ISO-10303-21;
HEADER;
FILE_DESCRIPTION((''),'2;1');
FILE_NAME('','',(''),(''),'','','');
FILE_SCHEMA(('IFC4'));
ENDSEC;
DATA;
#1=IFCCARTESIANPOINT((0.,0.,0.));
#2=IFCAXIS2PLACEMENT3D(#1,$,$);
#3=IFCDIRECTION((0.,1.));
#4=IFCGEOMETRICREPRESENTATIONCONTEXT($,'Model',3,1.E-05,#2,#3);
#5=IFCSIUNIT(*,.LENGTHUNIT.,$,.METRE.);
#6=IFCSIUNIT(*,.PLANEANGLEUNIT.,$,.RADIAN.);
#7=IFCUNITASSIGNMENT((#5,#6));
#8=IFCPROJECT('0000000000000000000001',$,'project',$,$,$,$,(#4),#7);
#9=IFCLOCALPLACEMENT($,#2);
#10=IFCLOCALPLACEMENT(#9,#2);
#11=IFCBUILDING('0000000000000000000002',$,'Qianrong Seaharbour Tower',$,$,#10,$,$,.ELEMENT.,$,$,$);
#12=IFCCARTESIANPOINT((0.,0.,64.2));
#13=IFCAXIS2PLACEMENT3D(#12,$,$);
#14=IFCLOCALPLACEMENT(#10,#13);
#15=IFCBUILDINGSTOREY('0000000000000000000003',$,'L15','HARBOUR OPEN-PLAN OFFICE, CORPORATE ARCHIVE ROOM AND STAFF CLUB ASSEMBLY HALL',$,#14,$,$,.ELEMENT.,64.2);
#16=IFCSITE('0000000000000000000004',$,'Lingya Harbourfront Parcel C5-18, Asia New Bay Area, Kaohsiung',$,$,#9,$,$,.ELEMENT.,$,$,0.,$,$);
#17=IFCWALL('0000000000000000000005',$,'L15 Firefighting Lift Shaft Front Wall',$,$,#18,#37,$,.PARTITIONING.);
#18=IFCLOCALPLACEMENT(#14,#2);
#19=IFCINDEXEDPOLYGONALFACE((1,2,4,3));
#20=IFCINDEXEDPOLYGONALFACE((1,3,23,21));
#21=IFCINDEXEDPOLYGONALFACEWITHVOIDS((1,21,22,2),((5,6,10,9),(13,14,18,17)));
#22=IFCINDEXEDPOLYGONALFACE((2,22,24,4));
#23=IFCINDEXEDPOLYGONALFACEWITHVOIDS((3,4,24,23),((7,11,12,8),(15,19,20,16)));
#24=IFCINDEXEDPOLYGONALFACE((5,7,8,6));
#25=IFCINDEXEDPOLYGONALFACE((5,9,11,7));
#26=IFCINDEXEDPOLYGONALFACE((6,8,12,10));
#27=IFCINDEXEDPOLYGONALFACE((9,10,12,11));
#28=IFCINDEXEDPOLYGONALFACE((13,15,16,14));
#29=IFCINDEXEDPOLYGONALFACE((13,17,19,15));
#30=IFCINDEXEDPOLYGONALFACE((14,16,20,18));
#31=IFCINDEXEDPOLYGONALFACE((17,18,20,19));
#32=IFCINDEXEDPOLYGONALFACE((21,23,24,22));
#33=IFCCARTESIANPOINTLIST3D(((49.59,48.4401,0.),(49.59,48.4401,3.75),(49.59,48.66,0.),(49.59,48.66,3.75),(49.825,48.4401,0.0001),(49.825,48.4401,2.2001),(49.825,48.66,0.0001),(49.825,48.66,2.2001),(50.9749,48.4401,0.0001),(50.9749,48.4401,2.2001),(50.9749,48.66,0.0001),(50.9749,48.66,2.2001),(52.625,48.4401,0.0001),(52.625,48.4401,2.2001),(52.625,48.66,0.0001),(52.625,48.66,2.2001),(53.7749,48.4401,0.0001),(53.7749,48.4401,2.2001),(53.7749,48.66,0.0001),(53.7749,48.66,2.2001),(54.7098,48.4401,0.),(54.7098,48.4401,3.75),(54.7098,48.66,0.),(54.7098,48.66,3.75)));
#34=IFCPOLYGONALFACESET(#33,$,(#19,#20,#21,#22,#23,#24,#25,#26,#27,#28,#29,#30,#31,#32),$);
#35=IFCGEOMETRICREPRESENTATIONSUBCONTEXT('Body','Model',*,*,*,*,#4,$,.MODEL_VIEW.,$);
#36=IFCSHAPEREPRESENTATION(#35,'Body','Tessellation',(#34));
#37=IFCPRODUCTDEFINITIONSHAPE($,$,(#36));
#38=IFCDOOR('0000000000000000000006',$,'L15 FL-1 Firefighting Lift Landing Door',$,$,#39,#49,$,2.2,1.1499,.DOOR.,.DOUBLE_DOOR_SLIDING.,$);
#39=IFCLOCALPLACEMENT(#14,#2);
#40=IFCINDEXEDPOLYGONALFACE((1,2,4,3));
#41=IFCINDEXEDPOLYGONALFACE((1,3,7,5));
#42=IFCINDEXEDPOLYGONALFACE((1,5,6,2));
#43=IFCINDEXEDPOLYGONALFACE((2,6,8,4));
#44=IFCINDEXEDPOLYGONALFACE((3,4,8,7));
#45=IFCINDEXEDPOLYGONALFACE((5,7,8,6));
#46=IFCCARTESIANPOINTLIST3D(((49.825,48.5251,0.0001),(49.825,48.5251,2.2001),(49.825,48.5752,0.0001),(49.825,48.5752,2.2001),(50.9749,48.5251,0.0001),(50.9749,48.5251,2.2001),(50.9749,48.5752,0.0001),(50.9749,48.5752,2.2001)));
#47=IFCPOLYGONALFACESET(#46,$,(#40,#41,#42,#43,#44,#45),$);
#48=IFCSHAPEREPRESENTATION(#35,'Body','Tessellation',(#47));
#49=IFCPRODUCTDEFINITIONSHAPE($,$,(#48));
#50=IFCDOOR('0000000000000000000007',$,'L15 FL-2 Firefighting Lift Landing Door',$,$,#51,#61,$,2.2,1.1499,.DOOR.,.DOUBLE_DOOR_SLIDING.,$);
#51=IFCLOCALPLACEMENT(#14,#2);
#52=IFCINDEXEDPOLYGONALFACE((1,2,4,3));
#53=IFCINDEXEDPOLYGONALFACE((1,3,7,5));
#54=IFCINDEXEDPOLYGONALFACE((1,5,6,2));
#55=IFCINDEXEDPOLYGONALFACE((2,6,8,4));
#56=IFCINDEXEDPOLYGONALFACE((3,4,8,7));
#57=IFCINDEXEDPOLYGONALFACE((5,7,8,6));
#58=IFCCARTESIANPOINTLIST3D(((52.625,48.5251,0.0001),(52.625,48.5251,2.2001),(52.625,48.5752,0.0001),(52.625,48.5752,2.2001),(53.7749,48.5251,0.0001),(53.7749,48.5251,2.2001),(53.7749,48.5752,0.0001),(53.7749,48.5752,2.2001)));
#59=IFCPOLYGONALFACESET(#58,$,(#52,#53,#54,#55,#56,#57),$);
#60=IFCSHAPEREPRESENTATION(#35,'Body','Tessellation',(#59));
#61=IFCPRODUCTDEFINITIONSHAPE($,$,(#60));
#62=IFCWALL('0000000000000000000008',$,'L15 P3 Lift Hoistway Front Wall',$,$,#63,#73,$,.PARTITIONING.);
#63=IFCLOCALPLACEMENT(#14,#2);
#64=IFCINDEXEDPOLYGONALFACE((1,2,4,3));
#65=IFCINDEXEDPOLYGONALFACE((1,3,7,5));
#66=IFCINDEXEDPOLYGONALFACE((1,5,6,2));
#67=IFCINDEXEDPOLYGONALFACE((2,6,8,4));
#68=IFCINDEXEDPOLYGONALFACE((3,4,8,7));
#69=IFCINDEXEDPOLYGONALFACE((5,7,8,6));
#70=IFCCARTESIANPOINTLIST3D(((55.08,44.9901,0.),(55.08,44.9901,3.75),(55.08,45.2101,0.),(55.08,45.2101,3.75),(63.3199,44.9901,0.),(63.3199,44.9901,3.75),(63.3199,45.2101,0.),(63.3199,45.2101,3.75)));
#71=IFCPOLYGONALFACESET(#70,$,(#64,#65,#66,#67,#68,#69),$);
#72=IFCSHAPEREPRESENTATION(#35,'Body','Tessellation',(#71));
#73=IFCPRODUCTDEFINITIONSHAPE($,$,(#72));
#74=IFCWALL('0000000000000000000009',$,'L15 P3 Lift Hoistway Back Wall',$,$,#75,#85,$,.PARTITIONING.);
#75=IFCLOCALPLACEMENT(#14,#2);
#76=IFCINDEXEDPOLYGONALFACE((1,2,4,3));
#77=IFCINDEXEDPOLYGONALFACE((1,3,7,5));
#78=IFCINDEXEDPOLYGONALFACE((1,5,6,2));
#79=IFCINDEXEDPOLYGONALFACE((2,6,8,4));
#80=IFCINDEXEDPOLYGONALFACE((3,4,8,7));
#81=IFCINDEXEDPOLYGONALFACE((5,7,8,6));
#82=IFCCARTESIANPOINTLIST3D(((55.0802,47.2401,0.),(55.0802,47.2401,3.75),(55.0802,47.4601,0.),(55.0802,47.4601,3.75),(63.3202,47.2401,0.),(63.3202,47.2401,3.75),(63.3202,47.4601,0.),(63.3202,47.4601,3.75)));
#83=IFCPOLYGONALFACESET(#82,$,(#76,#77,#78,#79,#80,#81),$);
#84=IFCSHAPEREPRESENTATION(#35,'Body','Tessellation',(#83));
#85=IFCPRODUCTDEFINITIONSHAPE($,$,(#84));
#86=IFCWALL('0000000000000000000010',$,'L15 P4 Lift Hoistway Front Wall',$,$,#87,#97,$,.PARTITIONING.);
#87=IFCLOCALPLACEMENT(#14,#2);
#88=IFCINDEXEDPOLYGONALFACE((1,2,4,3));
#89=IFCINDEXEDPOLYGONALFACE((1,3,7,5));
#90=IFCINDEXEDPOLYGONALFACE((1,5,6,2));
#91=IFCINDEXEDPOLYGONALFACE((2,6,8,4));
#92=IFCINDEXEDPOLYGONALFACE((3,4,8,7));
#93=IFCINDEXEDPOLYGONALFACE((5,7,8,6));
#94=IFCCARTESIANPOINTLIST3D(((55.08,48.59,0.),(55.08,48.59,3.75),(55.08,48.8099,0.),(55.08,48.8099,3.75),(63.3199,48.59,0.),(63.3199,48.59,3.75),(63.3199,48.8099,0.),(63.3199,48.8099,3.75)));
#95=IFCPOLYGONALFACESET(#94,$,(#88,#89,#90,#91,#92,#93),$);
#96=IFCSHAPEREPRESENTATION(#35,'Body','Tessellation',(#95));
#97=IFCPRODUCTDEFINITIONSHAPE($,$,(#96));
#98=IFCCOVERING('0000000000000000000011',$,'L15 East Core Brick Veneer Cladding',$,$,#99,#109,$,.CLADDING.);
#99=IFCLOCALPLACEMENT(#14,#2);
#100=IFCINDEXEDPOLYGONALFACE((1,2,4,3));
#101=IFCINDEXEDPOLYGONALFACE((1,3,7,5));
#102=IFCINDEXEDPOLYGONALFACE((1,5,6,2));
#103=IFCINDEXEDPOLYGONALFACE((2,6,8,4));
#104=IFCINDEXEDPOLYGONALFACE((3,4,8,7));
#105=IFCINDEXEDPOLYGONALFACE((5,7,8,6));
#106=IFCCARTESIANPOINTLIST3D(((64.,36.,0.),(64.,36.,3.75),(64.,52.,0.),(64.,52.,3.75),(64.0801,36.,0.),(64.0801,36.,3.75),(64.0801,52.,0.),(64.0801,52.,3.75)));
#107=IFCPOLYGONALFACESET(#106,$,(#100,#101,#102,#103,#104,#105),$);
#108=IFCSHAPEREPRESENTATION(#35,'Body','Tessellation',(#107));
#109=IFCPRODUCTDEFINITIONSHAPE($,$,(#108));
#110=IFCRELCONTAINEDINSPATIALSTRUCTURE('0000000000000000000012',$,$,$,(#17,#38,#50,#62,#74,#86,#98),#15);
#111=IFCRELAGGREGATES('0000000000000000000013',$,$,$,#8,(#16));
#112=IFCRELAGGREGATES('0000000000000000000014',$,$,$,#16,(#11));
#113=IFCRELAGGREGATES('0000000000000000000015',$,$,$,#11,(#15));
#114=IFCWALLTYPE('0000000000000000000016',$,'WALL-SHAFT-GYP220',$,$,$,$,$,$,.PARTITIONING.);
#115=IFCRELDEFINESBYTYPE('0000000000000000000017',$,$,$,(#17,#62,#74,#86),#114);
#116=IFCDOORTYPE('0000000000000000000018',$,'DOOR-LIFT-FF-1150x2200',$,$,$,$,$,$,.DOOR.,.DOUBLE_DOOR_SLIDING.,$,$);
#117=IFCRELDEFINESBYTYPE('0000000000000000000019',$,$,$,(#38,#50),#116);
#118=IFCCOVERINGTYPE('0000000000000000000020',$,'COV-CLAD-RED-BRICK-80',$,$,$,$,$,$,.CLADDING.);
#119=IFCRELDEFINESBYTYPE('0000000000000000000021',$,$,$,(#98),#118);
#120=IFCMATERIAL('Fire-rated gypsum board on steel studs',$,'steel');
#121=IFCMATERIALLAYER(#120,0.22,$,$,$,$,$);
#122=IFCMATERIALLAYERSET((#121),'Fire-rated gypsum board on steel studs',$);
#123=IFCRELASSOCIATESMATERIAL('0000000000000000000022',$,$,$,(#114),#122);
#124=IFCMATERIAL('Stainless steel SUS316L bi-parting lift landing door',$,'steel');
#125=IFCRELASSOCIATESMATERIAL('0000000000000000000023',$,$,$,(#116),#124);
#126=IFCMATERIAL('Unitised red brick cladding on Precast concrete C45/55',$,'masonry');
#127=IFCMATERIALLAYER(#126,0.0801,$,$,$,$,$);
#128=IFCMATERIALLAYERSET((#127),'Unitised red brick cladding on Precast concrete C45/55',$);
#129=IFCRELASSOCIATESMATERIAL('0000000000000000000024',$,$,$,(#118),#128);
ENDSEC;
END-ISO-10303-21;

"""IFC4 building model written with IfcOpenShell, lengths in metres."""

from ifc_helpers import new_model, si_unit, direction, frame, frame_2d, origin, origin_2d, place, context, subcontext, project, spatial, rectangle, extrude, material, layer, layer_set, type_object, element, fill, save


model = new_model("IFC4")

# Units and contexts
model_context = context("Model", 3, precision=1e-05, world=origin(), true_north=direction((0.0, 1.0)))
body_context = subcontext(model_context, "Body", "Model", "MODEL_VIEW")
ifc_project = project(units=[si_unit("LENGTHUNIT", "METRE"), si_unit("PLANEANGLEUNIT", "RADIAN")], contexts=[model_context])

# Site, building, storey
site_placement = place(None, origin())
site = spatial("IfcSite", under=ifc_project, at=site_placement, Name="Lingya Harbourfront Parcel C5-18, Asia New Bay Area, Kaohsiung", CompositionType="ELEMENT", RefElevation=0.0)
building_placement = place(site_placement, origin())
building = spatial("IfcBuilding", under=site, at=building_placement, Name="Qianrong Seaharbour Tower", CompositionType="ELEMENT")
storey_placement = place(building_placement, frame((0.0, 0.0, 64.2)))
storey = spatial("IfcBuildingStorey", under=building, at=storey_placement, Name="L15", Description="HARBOUR OPEN-PLAN OFFICE, CORPORATE ARCHIVE ROOM AND STAFF CLUB ASSEMBLY HALL", CompositionType="ELEMENT", Elevation=64.2)

# Shared definitions
ifc_material_1 = material(Name="Fire-rated gypsum board on steel studs", Category="steel")

# Wall, openings, doors
ifc_layer_1 = layer(ifc_material_1, 0.22)
ifc_layer_set_1 = layer_set([ifc_layer_1], Name="Fire-rated gypsum board on steel studs")
wall_type_1 = type_object("IfcWallType", Name="WALL-SHAFT-GYP220", PredefinedType="PARTITIONING", material=ifc_layer_set_1)
wall_1_placement = place(storey_placement, frame((54.71, 48.55, 0.0), z_axis=(0.0, 0.0, 1.0), x_axis=(-1.0, 0.0, 0.0)))
wall_1 = element("IfcWall", 1, at=wall_1_placement, inside=storey, type_object=wall_type_1, Name="L15 Firefighting Lift Shaft Front Wall", PredefinedType="PARTITIONING", context=body_context, shape_type="SweptSolid", body=[
    extrude(rectangle(XDim=5.1199, YDim=0.22, at=frame_2d((2.5601, 0.0))), origin(), (0.0, 0.0, 1.0), 3.75),
])
opening_1_placement = place(wall_1_placement, frame((3.7351, 0.0, 0.0)))
opening_1 = element("IfcOpeningElement", 2, at=opening_1_placement, cuts=wall_1, PredefinedType="OPENING", context=body_context, shape_type="SweptSolid", body=[
    extrude(rectangle(XDim=1.1499, YDim=2.2, at=frame_2d((0.575, 1.1001))), frame((0.0, 0.1201, 0.0), z_axis=(0.0, -1.0, 0.0), x_axis=(1.0, 0.0, 0.0)), (0.0, 0.0, 1.0), 0.24),
])
opening_2_placement = place(wall_1_placement, frame((0.9351, 0.0, 0.0)))
opening_2 = element("IfcOpeningElement", 3, at=opening_2_placement, cuts=wall_1, PredefinedType="OPENING", context=body_context, shape_type="SweptSolid", body=[
    extrude(rectangle(XDim=1.1499, YDim=2.2, at=frame_2d((0.575, 1.1001))), frame((0.0, 0.1201, 0.0), z_axis=(0.0, -1.0, 0.0), x_axis=(1.0, 0.0, 0.0)), (0.0, 0.0, 1.0), 0.24),
])
ifc_material_2 = material(Name="Stainless steel SUS316L bi-parting lift landing door", Category="steel")
door_type_1 = type_object("IfcDoorType", Name="DOOR-LIFT-FF-1150x2200", OperationType="DOUBLE_DOOR_SLIDING", PredefinedType="DOOR", material=ifc_material_2)
door_1_placement = place(opening_1_placement, origin())
door_1 = element("IfcDoor", 4, at=door_1_placement, inside=storey, type_object=door_type_1, Name="L15 FL-1 Firefighting Lift Landing Door", OperationType="DOUBLE_DOOR_SLIDING", OverallHeight=2.2, OverallWidth=1.1499, PredefinedType="DOOR", context=body_context, shape_type="SweptSolid", body=[
    extrude(rectangle(XDim=1.1499, YDim=2.2, at=frame_2d((0.575, 1.1001))), frame((0.0, 0.0249, 0.0), z_axis=(0.0, -1.0, 0.0), x_axis=(1.0, 0.0, 0.0)), (0.0, 0.0, 1.0), 0.05),
])
fill(opening_1, door_1)
door_2_placement = place(opening_2_placement, origin())
door_2 = element("IfcDoor", 5, at=door_2_placement, inside=storey, type_object=door_type_1, Name="L15 FL-2 Firefighting Lift Landing Door", OperationType="DOUBLE_DOOR_SLIDING", OverallHeight=2.2, OverallWidth=1.1499, PredefinedType="DOOR", context=body_context, shape_type="SweptSolid", body=[
    extrude(rectangle(XDim=1.1499, YDim=2.2, at=frame_2d((0.575, 1.1001))), frame((0.0, 0.0249, 0.0), z_axis=(0.0, -1.0, 0.0), x_axis=(1.0, 0.0, 0.0)), (0.0, 0.0, 1.0), 0.05),
])
fill(opening_2, door_2)

# Walls
for number, where, z_axis, x_axis, name in (
    (6, (63.3201, 45.1001, 0.0), (0.0, 0.0, 1.0), (-1.0, 0.0, 0.0), "L15 P3 Lift Hoistway Front Wall"),
    (7, (55.0801, 47.3501, 0.0), (0.0, 0.0, 1.0), (1.0, 0.0, 0.0), "L15 P3 Lift Hoistway Back Wall"),
    (8, (63.3201, 48.7, 0.0), (0.0, 0.0, 1.0), (-1.0, 0.0, 0.0), "L15 P4 Lift Hoistway Front Wall"),
):
    element("IfcWall", number, at=place(storey_placement, frame(where, z_axis=z_axis, x_axis=x_axis)), inside=storey, type_object=wall_type_1, Name=name, PredefinedType="PARTITIONING", context=body_context, shape_type="SweptSolid", body=[
        extrude(rectangle(XDim=8.24, YDim=0.22, at=frame_2d((4.1201, 0.0))), origin(), (0.0, 0.0, 1.0), 3.75),
    ])

# Covering
ifc_material_3 = material(Name="Unitised red brick cladding on Precast concrete C45/55", Category="masonry")
ifc_layer_2 = layer(ifc_material_3, 0.0801)
ifc_layer_set_2 = layer_set([ifc_layer_2], Name="Unitised red brick cladding on Precast concrete C45/55")
covering_type = type_object("IfcCoveringType", Name="COV-CLAD-RED-BRICK-80", PredefinedType="CLADDING", material=ifc_layer_set_2)
covering_placement = place(storey_placement, frame((64.04, 44.0, 0.0), z_axis=(0.0, 0.0, 1.0), x_axis=(1.0, 0.0, 0.0)))
element("IfcCovering", 9, at=covering_placement, inside=storey, type_object=covering_type, Name="L15 East Core Brick Veneer Cladding", PredefinedType="CLADDING", context=body_context, shape_type="SweptSolid", body=[
    extrude(rectangle(XDim=0.0801, YDim=16.0, at=origin_2d()), origin(), (0.0, 0.0, 1.0), 3.75),
])

save(model, "model.ifc")
